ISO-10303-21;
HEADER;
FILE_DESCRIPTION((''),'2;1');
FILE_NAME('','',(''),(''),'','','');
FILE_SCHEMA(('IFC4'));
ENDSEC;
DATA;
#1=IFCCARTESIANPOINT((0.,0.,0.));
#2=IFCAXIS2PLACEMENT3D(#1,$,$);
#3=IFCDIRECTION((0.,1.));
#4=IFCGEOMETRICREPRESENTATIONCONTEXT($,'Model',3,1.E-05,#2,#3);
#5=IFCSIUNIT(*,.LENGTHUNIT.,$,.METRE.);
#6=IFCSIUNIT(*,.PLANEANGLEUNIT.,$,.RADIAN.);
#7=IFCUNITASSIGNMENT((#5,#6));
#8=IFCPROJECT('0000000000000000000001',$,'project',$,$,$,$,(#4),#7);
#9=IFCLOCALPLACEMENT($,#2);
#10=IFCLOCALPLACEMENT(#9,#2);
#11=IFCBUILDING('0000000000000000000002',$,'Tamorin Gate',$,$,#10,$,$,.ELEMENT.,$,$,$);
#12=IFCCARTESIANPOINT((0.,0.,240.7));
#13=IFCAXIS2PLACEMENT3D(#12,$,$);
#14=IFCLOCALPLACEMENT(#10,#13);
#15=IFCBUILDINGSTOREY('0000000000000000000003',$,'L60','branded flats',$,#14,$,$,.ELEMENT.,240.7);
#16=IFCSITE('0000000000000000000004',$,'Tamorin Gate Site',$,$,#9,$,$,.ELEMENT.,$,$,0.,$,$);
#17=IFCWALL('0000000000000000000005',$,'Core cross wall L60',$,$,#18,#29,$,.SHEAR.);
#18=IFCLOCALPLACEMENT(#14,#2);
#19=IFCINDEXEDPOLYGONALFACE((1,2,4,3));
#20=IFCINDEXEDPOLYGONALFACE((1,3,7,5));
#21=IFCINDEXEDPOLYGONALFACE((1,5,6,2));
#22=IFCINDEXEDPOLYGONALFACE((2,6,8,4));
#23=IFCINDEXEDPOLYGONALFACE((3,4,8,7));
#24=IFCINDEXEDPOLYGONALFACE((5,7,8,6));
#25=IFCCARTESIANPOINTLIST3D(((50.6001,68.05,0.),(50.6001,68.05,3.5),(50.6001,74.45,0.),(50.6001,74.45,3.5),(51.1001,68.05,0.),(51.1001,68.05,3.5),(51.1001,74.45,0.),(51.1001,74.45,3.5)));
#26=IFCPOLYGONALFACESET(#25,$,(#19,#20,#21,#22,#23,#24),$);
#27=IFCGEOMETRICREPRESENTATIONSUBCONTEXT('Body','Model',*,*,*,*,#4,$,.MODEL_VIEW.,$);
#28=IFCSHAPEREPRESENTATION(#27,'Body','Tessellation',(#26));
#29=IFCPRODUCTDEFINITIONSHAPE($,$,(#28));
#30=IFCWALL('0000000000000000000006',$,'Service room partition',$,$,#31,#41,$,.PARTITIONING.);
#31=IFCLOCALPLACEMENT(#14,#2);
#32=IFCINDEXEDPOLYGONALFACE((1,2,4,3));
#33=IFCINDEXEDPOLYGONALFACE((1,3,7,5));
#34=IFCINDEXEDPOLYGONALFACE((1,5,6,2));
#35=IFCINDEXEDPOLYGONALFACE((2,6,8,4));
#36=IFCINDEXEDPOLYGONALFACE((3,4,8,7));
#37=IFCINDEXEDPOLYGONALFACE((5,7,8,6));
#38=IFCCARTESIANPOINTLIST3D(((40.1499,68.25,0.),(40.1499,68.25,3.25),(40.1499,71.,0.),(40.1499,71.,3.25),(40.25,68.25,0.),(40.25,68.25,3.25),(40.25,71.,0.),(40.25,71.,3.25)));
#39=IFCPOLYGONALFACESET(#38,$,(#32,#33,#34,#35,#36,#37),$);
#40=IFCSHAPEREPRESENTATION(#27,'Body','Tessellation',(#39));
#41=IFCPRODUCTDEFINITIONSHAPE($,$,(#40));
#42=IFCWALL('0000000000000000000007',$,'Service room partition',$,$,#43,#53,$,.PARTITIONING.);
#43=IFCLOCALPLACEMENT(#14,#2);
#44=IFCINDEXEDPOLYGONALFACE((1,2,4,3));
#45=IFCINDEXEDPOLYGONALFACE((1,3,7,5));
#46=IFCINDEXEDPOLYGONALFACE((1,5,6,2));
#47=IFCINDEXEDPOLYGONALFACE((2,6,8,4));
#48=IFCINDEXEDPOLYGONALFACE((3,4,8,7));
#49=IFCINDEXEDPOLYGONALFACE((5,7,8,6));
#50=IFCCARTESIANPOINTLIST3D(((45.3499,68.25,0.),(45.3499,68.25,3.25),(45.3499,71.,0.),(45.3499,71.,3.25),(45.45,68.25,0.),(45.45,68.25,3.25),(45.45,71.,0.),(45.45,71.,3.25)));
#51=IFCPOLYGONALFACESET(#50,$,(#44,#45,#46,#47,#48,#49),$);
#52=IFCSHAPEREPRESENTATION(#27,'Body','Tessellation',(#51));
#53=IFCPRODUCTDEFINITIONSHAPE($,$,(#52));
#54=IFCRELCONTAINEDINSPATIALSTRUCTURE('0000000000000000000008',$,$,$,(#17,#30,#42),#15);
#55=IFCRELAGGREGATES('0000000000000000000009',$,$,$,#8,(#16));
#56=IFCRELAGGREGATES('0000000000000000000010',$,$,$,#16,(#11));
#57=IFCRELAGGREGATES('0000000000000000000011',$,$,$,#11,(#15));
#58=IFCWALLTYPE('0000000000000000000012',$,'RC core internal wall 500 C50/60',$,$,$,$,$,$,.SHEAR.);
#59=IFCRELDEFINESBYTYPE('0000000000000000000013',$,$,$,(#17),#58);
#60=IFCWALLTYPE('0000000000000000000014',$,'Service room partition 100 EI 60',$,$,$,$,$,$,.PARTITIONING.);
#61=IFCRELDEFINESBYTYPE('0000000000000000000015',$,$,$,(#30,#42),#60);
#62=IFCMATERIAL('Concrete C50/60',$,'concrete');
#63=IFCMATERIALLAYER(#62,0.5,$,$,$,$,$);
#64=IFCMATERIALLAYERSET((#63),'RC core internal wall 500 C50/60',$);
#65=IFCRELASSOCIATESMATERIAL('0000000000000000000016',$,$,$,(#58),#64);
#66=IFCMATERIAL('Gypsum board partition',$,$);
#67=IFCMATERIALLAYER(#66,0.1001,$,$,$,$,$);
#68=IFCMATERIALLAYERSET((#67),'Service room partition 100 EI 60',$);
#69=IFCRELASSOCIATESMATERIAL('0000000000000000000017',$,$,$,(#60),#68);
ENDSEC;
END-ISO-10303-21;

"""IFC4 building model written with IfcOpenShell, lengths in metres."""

from ifc_helpers import new_model, si_unit, direction, frame, frame_2d, origin, place, context, subcontext, project, spatial, rectangle, extrude, material, layer, layer_set, type_object, element, save


model = new_model("IFC4")

# Units and contexts
model_context = context("Model", 3, precision=1e-05, world=origin(), true_north=direction((0.0, 1.0)))
body_context = subcontext(model_context, "Body", "Model", "MODEL_VIEW")
ifc_project = project(units=[si_unit("LENGTHUNIT", "METRE"), si_unit("PLANEANGLEUNIT", "RADIAN")], contexts=[model_context])

# Site, building, storey
site_placement = place(None, origin())
site = spatial("IfcSite", under=ifc_project, at=site_placement, Name="Tamorin Gate Site", CompositionType="ELEMENT", RefElevation=0.0)
building_placement = place(site_placement, origin())
building = spatial("IfcBuilding", under=site, at=building_placement, Name="Tamorin Gate", CompositionType="ELEMENT")
storey_placement = place(building_placement, frame((0.0, 0.0, 240.7)))
storey = spatial("IfcBuildingStorey", under=building, at=storey_placement, Name="L60", Description="branded flats", CompositionType="ELEMENT", Elevation=240.7)

# Shared definitions
ifc_material_1 = material(Name="Concrete C50/60", Category="concrete")

# Walls
ifc_layer_1 = layer(ifc_material_1, 0.5)
ifc_layer_set_1 = layer_set([ifc_layer_1], Name="RC core internal wall 500 C50/60")
wall_type_1 = type_object("IfcWallType", Name="RC core internal wall 500 C50/60", PredefinedType="SHEAR", material=ifc_layer_set_1)
wall_1_placement = place(storey_placement, frame((50.8501, 68.05, 0.0), z_axis=(0.0, 0.0, 1.0), x_axis=(0.0, 1.0, 0.0)))
element("IfcWall", 1, at=wall_1_placement, inside=storey, type_object=wall_type_1, Name="Core cross wall L60", PredefinedType="SHEAR", context=body_context, shape_type="SweptSolid", body=[
    extrude(rectangle(XDim=6.3999, YDim=0.5, at=frame_2d((3.2, 0.0))), origin(), (0.0, 0.0, 1.0), 3.5),
])
ifc_material_2 = material(Name="Gypsum board partition")
ifc_layer_2 = layer(ifc_material_2, 0.1001)
ifc_layer_set_2 = layer_set([ifc_layer_2], Name="Service room partition 100 EI 60")
wall_type_2 = type_object("IfcWallType", Name="Service room partition 100 EI 60", PredefinedType="PARTITIONING", material=ifc_layer_set_2)
for number, where, z_axis, x_axis, name in (
    (2, (40.2, 68.25, 0.0), (0.0, 0.0, 1.0), (0.0, 1.0, 0.0), "Service room partition"),
    (3, (45.3999, 68.25, 0.0), (0.0, 0.0, 1.0), (0.0, 1.0, 0.0), "Service room partition"),
):
    element("IfcWall", number, at=place(storey_placement, frame(where, z_axis=z_axis, x_axis=x_axis)), inside=storey, type_object=wall_type_2, Name=name, PredefinedType="PARTITIONING", context=body_context, shape_type="SweptSolid", body=[
        extrude(rectangle(XDim=2.75, YDim=0.1001, at=frame_2d((1.375, 0.0))), origin(), (0.0, 0.0, 1.0), 3.25),
    ])

save(model, "model.ifc")
